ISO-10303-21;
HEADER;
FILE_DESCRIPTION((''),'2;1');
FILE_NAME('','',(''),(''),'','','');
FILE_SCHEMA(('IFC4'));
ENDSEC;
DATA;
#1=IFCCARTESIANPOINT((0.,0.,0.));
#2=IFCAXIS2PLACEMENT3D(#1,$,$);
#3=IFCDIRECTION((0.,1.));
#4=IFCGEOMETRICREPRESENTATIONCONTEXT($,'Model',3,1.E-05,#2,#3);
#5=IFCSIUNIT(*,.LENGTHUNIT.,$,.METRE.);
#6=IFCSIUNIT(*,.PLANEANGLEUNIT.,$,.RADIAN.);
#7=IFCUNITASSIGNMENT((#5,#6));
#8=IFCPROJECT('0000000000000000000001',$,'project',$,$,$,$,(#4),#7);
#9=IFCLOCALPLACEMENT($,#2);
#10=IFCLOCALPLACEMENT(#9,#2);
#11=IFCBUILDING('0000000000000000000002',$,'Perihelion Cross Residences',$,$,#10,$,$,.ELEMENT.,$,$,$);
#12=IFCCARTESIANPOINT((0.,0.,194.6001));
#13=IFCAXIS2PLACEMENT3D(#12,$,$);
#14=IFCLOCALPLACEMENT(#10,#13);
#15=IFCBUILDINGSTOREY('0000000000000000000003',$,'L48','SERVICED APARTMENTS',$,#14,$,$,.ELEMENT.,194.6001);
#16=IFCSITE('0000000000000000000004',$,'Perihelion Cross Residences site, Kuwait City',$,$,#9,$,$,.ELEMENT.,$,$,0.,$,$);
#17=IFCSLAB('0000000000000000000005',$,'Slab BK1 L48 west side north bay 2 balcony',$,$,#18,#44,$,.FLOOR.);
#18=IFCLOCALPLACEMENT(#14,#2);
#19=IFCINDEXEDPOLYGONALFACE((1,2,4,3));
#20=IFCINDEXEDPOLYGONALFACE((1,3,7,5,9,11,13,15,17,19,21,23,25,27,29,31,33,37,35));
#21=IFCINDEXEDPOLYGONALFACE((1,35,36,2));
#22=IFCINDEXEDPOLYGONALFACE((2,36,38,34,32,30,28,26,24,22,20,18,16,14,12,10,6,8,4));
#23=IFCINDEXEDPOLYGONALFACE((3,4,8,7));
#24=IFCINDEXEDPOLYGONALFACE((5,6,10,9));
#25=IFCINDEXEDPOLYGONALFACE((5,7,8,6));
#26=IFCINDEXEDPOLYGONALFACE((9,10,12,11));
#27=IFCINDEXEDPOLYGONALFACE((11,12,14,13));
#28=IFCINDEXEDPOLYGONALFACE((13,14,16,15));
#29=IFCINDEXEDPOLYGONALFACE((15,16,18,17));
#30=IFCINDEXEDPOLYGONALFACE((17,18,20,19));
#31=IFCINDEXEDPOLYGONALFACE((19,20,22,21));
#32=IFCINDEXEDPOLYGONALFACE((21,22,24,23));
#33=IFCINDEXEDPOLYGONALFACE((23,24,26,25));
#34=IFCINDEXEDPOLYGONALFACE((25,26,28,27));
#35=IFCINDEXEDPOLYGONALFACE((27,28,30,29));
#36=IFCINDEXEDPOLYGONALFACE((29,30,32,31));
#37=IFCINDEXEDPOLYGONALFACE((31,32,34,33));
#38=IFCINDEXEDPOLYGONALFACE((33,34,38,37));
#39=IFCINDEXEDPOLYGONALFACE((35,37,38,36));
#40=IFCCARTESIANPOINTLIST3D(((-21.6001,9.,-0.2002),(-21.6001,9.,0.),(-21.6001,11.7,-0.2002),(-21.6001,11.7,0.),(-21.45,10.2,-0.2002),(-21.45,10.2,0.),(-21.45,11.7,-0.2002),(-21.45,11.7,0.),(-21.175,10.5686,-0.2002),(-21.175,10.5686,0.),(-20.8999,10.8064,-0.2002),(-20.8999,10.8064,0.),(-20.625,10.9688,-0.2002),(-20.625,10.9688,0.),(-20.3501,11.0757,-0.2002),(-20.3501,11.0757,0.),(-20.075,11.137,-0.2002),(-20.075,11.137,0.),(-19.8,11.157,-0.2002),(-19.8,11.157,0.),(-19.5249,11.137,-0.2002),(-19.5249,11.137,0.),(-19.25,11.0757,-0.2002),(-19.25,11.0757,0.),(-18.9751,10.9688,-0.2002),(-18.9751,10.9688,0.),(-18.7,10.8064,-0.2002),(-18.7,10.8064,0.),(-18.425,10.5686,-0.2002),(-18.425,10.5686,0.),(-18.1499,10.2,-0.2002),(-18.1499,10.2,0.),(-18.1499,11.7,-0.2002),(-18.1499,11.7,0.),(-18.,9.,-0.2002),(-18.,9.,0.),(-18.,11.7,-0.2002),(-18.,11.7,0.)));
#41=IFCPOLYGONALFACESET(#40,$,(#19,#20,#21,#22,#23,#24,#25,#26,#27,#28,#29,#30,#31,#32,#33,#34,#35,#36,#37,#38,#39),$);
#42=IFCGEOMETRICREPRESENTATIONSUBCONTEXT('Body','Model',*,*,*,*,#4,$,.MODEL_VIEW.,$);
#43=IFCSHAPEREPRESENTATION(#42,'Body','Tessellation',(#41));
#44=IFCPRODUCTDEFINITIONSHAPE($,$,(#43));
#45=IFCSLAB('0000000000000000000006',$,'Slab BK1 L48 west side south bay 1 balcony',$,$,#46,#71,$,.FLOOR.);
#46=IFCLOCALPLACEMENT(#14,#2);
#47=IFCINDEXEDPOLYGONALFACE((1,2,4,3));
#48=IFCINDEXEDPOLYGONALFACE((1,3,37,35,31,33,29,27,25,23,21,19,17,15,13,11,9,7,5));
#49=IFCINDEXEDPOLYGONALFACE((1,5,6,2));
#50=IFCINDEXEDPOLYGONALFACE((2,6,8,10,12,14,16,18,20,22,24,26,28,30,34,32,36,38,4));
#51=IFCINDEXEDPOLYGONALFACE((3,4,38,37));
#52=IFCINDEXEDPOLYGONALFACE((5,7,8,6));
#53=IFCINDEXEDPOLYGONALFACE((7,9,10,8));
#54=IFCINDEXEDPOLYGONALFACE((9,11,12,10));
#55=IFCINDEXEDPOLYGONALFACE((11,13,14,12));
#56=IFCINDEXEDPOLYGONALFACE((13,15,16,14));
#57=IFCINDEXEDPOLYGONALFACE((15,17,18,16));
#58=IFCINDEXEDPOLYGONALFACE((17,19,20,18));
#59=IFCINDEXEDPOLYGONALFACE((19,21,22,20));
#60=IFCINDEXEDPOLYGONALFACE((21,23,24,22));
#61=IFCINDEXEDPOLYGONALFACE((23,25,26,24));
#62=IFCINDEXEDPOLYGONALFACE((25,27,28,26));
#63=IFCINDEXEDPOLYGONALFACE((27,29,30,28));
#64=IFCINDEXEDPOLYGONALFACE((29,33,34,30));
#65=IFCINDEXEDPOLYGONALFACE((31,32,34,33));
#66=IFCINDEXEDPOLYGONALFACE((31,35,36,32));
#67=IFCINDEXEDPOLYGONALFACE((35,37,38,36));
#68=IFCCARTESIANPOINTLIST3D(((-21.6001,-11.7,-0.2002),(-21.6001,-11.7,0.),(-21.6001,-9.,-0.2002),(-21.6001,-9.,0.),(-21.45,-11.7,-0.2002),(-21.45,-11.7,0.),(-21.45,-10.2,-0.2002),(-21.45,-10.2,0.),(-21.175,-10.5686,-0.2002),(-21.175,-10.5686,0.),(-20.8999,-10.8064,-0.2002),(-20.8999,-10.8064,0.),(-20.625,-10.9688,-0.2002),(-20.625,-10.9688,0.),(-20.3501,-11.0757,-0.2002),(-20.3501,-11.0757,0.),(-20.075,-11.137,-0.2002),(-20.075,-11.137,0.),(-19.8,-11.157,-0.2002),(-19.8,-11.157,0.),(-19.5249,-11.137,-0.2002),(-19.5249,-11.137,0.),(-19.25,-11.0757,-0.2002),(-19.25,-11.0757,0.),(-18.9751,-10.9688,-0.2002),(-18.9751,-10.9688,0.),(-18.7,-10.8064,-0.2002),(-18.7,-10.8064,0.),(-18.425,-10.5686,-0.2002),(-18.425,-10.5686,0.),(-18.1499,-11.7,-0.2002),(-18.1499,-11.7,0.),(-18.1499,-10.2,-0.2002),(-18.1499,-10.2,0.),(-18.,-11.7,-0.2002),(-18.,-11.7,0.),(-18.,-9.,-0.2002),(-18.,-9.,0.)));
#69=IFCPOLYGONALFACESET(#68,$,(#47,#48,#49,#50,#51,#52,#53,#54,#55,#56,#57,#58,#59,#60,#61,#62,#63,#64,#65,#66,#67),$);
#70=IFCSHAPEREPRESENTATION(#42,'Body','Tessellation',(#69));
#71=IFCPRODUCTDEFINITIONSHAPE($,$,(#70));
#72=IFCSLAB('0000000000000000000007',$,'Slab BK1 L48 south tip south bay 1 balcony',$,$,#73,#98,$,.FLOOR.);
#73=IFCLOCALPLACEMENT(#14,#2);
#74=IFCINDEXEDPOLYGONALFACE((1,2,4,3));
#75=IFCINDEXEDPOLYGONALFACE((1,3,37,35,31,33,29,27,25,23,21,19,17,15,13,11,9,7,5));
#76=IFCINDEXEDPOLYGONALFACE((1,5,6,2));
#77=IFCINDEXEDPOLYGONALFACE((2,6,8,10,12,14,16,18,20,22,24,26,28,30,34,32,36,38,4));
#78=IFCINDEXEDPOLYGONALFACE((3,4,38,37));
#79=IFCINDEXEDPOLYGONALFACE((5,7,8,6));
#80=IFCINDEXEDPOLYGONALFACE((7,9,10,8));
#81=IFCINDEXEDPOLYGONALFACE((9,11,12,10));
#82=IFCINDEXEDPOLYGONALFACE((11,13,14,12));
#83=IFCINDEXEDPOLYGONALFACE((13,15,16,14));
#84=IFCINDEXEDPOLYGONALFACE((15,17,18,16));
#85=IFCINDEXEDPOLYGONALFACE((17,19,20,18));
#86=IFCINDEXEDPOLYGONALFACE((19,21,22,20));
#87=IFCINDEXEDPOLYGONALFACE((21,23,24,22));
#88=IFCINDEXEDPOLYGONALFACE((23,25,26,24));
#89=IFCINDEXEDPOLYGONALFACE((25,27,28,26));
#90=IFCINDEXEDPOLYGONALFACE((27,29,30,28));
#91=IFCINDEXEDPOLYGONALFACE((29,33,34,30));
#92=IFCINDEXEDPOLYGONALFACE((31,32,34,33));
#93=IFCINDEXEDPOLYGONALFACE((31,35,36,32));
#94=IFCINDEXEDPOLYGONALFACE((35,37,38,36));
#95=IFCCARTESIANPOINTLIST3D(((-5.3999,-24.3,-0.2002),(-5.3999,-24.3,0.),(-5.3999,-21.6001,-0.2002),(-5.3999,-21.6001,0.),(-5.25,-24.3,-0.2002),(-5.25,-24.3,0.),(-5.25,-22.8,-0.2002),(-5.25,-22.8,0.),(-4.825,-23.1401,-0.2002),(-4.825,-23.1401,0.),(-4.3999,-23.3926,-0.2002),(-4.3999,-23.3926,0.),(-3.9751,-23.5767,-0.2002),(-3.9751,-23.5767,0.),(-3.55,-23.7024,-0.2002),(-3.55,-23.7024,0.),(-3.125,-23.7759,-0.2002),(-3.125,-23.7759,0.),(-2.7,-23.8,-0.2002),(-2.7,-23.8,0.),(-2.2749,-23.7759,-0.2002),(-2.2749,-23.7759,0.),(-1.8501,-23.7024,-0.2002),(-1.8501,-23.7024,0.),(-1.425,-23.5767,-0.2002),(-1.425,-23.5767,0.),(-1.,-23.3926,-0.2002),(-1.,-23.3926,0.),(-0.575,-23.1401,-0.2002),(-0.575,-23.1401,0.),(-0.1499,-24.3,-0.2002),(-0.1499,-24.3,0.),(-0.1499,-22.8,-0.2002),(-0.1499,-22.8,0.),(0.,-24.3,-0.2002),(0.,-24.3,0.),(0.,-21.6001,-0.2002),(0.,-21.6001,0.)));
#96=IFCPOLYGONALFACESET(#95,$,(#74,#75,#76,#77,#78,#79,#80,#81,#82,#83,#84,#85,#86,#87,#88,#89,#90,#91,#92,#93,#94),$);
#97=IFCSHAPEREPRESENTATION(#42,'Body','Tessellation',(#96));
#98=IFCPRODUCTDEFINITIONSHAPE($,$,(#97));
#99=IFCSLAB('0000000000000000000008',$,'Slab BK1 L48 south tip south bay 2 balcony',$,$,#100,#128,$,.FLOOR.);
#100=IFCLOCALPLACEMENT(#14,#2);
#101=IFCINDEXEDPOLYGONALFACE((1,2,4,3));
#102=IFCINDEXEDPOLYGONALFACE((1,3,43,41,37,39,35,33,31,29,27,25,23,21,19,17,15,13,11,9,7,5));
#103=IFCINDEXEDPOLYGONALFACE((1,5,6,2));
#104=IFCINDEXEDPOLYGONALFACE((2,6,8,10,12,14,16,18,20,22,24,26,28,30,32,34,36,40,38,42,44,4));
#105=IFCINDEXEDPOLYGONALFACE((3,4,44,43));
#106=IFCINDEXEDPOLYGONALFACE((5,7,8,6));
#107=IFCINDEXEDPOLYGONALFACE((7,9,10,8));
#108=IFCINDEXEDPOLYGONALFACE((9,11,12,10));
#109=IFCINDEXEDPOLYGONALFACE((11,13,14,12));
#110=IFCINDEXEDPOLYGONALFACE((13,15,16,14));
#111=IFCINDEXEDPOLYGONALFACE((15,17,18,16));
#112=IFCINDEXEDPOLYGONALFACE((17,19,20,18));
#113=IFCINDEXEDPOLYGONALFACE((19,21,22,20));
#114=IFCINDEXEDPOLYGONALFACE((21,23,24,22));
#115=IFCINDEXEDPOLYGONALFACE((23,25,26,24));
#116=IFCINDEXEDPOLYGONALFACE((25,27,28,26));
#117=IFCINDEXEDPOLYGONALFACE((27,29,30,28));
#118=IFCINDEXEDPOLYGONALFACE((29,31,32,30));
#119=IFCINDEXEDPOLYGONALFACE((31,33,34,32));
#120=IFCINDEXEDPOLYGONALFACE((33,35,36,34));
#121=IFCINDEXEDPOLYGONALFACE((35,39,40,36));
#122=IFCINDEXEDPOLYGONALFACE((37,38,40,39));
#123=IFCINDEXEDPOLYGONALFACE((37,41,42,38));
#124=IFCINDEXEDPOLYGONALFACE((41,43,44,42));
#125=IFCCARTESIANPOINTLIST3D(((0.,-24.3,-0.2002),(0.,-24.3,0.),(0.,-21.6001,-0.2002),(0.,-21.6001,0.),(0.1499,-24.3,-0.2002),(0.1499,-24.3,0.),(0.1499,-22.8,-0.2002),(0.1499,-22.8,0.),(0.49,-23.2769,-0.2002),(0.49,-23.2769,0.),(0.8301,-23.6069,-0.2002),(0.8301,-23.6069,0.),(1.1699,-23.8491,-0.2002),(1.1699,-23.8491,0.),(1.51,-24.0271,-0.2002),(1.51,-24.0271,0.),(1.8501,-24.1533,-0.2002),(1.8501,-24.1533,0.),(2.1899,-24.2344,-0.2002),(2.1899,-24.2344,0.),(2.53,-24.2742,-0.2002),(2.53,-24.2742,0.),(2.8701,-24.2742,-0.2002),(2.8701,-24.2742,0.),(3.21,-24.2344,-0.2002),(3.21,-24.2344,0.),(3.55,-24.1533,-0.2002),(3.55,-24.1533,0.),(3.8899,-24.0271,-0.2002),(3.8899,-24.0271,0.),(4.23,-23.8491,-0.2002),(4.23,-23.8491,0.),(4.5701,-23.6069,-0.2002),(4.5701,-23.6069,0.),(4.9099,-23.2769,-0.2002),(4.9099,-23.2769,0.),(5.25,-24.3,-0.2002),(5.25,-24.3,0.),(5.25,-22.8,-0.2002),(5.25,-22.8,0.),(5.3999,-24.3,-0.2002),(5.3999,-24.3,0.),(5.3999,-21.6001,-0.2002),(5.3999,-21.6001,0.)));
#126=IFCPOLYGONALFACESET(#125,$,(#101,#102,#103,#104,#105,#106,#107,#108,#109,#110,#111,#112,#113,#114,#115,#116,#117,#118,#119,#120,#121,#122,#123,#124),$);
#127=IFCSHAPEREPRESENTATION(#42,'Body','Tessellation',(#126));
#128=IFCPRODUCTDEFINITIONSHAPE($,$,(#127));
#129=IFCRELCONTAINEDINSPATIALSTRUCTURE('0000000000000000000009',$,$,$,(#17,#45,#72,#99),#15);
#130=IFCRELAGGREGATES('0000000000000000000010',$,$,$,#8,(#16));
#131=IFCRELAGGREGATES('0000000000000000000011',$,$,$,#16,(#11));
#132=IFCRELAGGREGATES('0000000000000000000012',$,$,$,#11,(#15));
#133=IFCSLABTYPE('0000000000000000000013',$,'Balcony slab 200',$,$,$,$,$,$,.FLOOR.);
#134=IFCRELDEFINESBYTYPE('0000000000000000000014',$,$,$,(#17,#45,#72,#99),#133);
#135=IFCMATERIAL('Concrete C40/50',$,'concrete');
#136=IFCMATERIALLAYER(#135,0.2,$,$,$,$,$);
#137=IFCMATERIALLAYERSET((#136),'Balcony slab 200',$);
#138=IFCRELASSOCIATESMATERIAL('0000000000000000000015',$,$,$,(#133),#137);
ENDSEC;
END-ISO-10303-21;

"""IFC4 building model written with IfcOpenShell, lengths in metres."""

from ifc_helpers import new_model, si_unit, direction, frame, origin, place, context, subcontext, project, spatial, polyline, outline, extrude, material, layer, layer_set, type_object, element, save


model = new_model("IFC4")

# Units and contexts
model_context = context("Model", 3, precision=1e-05, world=origin(), true_north=direction((0.0, 1.0)))
body_context = subcontext(model_context, "Body", "Model", "MODEL_VIEW")
ifc_project = project(units=[si_unit("LENGTHUNIT", "METRE"), si_unit("PLANEANGLEUNIT", "RADIAN")], contexts=[model_context])

# Site, building, storey
site_placement = place(None, origin())
site = spatial("IfcSite", under=ifc_project, at=site_placement, Name="Perihelion Cross Residences site, Kuwait City", CompositionType="ELEMENT", RefElevation=0.0)
building_placement = place(site_placement, origin())
building = spatial("IfcBuilding", under=site, at=building_placement, Name="Perihelion Cross Residences", CompositionType="ELEMENT")
storey_placement = place(building_placement, frame((0.0, 0.0, 194.6001)))
storey = spatial("IfcBuildingStorey", under=building, at=storey_placement, Name="L48", Description="SERVICED APARTMENTS", CompositionType="ELEMENT", Elevation=194.6001)

# Slabs
ifc_material_1 = material(Name="Concrete C40/50", Category="concrete")
ifc_layer_1 = layer(ifc_material_1, 0.2)
ifc_layer_set_1 = layer_set([ifc_layer_1], Name="Balcony slab 200")
slab_type_1 = type_object("IfcSlabType", Name="Balcony slab 200", PredefinedType="FLOOR", material=ifc_layer_set_1)
slab_1_placement = place(storey_placement, frame((0.0, 0.0, -0.2002)))
element("IfcSlab", 1, at=slab_1_placement, inside=storey, type_object=slab_type_1, Name="Slab BK1 L48 west side north bay 2 balcony", PredefinedType="FLOOR", context=body_context, shape_type="SweptSolid", body=[
    extrude(outline(polyline([(-18.0, 9.0), (-21.6001, 9.0), (-21.6001, 11.7), (-21.45, 11.7), (-21.45, 10.2), (-21.175, 10.5686), (-20.8999, 10.8064), (-20.625, 10.9688), (-20.3501, 11.0757), (-20.075, 11.137), (-19.8, 11.157), (-19.5249, 11.137), (-19.25, 11.0757), (-18.9751, 10.9688), (-18.7, 10.8064), (-18.425, 10.5686), (-18.1499, 10.2), (-18.1499, 11.7), (-18.0, 11.7), (-18.0, 9.0)])), origin(), (0.0, 0.0, 1.0), 0.2002),
])
slab_2_placement = place(storey_placement, frame((0.0, 0.0, -0.2002)))
element("IfcSlab", 2, at=slab_2_placement, inside=storey, type_object=slab_type_1, Name="Slab BK1 L48 west side south bay 1 balcony", PredefinedType="FLOOR", context=body_context, shape_type="SweptSolid", body=[
    extrude(outline(polyline([(-21.6001, -9.0), (-18.0, -9.0), (-18.0, -11.7), (-18.1499, -11.7), (-18.1499, -10.2), (-18.425, -10.5686), (-18.7, -10.8064), (-18.9751, -10.9688), (-19.25, -11.0757), (-19.5249, -11.137), (-19.8, -11.157), (-20.075, -11.137), (-20.3501, -11.0757), (-20.625, -10.9688), (-20.8999, -10.8064), (-21.175, -10.5686), (-21.45, -10.2), (-21.45, -11.7), (-21.6001, -11.7), (-21.6001, -9.0)])), origin(), (0.0, 0.0, 1.0), 0.2002),
])
slab_3_placement = place(storey_placement, frame((0.0, 0.0, -0.2002)))
element("IfcSlab", 3, at=slab_3_placement, inside=storey, type_object=slab_type_1, Name="Slab BK1 L48 south tip south bay 1 balcony", PredefinedType="FLOOR", context=body_context, shape_type="SweptSolid", body=[
    extrude(outline(polyline([(-5.3999, -21.6001), (0.0, -21.6001), (0.0, -24.3), (-0.1499, -24.3), (-0.1499, -22.8), (-0.575, -23.1401), (-1.0, -23.3926), (-1.425, -23.5767), (-1.8501, -23.7024), (-2.2749, -23.7759), (-2.7, -23.8), (-3.125, -23.7759), (-3.55, -23.7024), (-3.9751, -23.5767), (-4.3999, -23.3926), (-4.825, -23.1401), (-5.25, -22.8), (-5.25, -24.3), (-5.3999, -24.3), (-5.3999, -21.6001)])), origin(), (0.0, 0.0, 1.0), 0.2002),
])
slab_4_placement = place(storey_placement, frame((0.0, 0.0, -0.2002)))
element("IfcSlab", 4, at=slab_4_placement, inside=storey, type_object=slab_type_1, Name="Slab BK1 L48 south tip south bay 2 balcony", PredefinedType="FLOOR", context=body_context, shape_type="SweptSolid", body=[
    extrude(outline(polyline([(0.0, -21.6001), (5.3999, -21.6001), (5.3999, -24.3), (5.25, -24.3), (5.25, -22.8), (4.9099, -23.2769), (4.5701, -23.6069), (4.23, -23.8491), (3.8899, -24.0271), (3.55, -24.1533), (3.21, -24.2344), (2.8701, -24.2742), (2.53, -24.2742), (2.1899, -24.2344), (1.8501, -24.1533), (1.51, -24.0271), (1.1699, -23.8491), (0.8301, -23.6069), (0.49, -23.2769), (0.1499, -22.8), (0.1499, -24.3), (0.0, -24.3), (0.0, -21.6001)])), origin(), (0.0, 0.0, 1.0), 0.2002),
])

save(model, "model.ifc")
